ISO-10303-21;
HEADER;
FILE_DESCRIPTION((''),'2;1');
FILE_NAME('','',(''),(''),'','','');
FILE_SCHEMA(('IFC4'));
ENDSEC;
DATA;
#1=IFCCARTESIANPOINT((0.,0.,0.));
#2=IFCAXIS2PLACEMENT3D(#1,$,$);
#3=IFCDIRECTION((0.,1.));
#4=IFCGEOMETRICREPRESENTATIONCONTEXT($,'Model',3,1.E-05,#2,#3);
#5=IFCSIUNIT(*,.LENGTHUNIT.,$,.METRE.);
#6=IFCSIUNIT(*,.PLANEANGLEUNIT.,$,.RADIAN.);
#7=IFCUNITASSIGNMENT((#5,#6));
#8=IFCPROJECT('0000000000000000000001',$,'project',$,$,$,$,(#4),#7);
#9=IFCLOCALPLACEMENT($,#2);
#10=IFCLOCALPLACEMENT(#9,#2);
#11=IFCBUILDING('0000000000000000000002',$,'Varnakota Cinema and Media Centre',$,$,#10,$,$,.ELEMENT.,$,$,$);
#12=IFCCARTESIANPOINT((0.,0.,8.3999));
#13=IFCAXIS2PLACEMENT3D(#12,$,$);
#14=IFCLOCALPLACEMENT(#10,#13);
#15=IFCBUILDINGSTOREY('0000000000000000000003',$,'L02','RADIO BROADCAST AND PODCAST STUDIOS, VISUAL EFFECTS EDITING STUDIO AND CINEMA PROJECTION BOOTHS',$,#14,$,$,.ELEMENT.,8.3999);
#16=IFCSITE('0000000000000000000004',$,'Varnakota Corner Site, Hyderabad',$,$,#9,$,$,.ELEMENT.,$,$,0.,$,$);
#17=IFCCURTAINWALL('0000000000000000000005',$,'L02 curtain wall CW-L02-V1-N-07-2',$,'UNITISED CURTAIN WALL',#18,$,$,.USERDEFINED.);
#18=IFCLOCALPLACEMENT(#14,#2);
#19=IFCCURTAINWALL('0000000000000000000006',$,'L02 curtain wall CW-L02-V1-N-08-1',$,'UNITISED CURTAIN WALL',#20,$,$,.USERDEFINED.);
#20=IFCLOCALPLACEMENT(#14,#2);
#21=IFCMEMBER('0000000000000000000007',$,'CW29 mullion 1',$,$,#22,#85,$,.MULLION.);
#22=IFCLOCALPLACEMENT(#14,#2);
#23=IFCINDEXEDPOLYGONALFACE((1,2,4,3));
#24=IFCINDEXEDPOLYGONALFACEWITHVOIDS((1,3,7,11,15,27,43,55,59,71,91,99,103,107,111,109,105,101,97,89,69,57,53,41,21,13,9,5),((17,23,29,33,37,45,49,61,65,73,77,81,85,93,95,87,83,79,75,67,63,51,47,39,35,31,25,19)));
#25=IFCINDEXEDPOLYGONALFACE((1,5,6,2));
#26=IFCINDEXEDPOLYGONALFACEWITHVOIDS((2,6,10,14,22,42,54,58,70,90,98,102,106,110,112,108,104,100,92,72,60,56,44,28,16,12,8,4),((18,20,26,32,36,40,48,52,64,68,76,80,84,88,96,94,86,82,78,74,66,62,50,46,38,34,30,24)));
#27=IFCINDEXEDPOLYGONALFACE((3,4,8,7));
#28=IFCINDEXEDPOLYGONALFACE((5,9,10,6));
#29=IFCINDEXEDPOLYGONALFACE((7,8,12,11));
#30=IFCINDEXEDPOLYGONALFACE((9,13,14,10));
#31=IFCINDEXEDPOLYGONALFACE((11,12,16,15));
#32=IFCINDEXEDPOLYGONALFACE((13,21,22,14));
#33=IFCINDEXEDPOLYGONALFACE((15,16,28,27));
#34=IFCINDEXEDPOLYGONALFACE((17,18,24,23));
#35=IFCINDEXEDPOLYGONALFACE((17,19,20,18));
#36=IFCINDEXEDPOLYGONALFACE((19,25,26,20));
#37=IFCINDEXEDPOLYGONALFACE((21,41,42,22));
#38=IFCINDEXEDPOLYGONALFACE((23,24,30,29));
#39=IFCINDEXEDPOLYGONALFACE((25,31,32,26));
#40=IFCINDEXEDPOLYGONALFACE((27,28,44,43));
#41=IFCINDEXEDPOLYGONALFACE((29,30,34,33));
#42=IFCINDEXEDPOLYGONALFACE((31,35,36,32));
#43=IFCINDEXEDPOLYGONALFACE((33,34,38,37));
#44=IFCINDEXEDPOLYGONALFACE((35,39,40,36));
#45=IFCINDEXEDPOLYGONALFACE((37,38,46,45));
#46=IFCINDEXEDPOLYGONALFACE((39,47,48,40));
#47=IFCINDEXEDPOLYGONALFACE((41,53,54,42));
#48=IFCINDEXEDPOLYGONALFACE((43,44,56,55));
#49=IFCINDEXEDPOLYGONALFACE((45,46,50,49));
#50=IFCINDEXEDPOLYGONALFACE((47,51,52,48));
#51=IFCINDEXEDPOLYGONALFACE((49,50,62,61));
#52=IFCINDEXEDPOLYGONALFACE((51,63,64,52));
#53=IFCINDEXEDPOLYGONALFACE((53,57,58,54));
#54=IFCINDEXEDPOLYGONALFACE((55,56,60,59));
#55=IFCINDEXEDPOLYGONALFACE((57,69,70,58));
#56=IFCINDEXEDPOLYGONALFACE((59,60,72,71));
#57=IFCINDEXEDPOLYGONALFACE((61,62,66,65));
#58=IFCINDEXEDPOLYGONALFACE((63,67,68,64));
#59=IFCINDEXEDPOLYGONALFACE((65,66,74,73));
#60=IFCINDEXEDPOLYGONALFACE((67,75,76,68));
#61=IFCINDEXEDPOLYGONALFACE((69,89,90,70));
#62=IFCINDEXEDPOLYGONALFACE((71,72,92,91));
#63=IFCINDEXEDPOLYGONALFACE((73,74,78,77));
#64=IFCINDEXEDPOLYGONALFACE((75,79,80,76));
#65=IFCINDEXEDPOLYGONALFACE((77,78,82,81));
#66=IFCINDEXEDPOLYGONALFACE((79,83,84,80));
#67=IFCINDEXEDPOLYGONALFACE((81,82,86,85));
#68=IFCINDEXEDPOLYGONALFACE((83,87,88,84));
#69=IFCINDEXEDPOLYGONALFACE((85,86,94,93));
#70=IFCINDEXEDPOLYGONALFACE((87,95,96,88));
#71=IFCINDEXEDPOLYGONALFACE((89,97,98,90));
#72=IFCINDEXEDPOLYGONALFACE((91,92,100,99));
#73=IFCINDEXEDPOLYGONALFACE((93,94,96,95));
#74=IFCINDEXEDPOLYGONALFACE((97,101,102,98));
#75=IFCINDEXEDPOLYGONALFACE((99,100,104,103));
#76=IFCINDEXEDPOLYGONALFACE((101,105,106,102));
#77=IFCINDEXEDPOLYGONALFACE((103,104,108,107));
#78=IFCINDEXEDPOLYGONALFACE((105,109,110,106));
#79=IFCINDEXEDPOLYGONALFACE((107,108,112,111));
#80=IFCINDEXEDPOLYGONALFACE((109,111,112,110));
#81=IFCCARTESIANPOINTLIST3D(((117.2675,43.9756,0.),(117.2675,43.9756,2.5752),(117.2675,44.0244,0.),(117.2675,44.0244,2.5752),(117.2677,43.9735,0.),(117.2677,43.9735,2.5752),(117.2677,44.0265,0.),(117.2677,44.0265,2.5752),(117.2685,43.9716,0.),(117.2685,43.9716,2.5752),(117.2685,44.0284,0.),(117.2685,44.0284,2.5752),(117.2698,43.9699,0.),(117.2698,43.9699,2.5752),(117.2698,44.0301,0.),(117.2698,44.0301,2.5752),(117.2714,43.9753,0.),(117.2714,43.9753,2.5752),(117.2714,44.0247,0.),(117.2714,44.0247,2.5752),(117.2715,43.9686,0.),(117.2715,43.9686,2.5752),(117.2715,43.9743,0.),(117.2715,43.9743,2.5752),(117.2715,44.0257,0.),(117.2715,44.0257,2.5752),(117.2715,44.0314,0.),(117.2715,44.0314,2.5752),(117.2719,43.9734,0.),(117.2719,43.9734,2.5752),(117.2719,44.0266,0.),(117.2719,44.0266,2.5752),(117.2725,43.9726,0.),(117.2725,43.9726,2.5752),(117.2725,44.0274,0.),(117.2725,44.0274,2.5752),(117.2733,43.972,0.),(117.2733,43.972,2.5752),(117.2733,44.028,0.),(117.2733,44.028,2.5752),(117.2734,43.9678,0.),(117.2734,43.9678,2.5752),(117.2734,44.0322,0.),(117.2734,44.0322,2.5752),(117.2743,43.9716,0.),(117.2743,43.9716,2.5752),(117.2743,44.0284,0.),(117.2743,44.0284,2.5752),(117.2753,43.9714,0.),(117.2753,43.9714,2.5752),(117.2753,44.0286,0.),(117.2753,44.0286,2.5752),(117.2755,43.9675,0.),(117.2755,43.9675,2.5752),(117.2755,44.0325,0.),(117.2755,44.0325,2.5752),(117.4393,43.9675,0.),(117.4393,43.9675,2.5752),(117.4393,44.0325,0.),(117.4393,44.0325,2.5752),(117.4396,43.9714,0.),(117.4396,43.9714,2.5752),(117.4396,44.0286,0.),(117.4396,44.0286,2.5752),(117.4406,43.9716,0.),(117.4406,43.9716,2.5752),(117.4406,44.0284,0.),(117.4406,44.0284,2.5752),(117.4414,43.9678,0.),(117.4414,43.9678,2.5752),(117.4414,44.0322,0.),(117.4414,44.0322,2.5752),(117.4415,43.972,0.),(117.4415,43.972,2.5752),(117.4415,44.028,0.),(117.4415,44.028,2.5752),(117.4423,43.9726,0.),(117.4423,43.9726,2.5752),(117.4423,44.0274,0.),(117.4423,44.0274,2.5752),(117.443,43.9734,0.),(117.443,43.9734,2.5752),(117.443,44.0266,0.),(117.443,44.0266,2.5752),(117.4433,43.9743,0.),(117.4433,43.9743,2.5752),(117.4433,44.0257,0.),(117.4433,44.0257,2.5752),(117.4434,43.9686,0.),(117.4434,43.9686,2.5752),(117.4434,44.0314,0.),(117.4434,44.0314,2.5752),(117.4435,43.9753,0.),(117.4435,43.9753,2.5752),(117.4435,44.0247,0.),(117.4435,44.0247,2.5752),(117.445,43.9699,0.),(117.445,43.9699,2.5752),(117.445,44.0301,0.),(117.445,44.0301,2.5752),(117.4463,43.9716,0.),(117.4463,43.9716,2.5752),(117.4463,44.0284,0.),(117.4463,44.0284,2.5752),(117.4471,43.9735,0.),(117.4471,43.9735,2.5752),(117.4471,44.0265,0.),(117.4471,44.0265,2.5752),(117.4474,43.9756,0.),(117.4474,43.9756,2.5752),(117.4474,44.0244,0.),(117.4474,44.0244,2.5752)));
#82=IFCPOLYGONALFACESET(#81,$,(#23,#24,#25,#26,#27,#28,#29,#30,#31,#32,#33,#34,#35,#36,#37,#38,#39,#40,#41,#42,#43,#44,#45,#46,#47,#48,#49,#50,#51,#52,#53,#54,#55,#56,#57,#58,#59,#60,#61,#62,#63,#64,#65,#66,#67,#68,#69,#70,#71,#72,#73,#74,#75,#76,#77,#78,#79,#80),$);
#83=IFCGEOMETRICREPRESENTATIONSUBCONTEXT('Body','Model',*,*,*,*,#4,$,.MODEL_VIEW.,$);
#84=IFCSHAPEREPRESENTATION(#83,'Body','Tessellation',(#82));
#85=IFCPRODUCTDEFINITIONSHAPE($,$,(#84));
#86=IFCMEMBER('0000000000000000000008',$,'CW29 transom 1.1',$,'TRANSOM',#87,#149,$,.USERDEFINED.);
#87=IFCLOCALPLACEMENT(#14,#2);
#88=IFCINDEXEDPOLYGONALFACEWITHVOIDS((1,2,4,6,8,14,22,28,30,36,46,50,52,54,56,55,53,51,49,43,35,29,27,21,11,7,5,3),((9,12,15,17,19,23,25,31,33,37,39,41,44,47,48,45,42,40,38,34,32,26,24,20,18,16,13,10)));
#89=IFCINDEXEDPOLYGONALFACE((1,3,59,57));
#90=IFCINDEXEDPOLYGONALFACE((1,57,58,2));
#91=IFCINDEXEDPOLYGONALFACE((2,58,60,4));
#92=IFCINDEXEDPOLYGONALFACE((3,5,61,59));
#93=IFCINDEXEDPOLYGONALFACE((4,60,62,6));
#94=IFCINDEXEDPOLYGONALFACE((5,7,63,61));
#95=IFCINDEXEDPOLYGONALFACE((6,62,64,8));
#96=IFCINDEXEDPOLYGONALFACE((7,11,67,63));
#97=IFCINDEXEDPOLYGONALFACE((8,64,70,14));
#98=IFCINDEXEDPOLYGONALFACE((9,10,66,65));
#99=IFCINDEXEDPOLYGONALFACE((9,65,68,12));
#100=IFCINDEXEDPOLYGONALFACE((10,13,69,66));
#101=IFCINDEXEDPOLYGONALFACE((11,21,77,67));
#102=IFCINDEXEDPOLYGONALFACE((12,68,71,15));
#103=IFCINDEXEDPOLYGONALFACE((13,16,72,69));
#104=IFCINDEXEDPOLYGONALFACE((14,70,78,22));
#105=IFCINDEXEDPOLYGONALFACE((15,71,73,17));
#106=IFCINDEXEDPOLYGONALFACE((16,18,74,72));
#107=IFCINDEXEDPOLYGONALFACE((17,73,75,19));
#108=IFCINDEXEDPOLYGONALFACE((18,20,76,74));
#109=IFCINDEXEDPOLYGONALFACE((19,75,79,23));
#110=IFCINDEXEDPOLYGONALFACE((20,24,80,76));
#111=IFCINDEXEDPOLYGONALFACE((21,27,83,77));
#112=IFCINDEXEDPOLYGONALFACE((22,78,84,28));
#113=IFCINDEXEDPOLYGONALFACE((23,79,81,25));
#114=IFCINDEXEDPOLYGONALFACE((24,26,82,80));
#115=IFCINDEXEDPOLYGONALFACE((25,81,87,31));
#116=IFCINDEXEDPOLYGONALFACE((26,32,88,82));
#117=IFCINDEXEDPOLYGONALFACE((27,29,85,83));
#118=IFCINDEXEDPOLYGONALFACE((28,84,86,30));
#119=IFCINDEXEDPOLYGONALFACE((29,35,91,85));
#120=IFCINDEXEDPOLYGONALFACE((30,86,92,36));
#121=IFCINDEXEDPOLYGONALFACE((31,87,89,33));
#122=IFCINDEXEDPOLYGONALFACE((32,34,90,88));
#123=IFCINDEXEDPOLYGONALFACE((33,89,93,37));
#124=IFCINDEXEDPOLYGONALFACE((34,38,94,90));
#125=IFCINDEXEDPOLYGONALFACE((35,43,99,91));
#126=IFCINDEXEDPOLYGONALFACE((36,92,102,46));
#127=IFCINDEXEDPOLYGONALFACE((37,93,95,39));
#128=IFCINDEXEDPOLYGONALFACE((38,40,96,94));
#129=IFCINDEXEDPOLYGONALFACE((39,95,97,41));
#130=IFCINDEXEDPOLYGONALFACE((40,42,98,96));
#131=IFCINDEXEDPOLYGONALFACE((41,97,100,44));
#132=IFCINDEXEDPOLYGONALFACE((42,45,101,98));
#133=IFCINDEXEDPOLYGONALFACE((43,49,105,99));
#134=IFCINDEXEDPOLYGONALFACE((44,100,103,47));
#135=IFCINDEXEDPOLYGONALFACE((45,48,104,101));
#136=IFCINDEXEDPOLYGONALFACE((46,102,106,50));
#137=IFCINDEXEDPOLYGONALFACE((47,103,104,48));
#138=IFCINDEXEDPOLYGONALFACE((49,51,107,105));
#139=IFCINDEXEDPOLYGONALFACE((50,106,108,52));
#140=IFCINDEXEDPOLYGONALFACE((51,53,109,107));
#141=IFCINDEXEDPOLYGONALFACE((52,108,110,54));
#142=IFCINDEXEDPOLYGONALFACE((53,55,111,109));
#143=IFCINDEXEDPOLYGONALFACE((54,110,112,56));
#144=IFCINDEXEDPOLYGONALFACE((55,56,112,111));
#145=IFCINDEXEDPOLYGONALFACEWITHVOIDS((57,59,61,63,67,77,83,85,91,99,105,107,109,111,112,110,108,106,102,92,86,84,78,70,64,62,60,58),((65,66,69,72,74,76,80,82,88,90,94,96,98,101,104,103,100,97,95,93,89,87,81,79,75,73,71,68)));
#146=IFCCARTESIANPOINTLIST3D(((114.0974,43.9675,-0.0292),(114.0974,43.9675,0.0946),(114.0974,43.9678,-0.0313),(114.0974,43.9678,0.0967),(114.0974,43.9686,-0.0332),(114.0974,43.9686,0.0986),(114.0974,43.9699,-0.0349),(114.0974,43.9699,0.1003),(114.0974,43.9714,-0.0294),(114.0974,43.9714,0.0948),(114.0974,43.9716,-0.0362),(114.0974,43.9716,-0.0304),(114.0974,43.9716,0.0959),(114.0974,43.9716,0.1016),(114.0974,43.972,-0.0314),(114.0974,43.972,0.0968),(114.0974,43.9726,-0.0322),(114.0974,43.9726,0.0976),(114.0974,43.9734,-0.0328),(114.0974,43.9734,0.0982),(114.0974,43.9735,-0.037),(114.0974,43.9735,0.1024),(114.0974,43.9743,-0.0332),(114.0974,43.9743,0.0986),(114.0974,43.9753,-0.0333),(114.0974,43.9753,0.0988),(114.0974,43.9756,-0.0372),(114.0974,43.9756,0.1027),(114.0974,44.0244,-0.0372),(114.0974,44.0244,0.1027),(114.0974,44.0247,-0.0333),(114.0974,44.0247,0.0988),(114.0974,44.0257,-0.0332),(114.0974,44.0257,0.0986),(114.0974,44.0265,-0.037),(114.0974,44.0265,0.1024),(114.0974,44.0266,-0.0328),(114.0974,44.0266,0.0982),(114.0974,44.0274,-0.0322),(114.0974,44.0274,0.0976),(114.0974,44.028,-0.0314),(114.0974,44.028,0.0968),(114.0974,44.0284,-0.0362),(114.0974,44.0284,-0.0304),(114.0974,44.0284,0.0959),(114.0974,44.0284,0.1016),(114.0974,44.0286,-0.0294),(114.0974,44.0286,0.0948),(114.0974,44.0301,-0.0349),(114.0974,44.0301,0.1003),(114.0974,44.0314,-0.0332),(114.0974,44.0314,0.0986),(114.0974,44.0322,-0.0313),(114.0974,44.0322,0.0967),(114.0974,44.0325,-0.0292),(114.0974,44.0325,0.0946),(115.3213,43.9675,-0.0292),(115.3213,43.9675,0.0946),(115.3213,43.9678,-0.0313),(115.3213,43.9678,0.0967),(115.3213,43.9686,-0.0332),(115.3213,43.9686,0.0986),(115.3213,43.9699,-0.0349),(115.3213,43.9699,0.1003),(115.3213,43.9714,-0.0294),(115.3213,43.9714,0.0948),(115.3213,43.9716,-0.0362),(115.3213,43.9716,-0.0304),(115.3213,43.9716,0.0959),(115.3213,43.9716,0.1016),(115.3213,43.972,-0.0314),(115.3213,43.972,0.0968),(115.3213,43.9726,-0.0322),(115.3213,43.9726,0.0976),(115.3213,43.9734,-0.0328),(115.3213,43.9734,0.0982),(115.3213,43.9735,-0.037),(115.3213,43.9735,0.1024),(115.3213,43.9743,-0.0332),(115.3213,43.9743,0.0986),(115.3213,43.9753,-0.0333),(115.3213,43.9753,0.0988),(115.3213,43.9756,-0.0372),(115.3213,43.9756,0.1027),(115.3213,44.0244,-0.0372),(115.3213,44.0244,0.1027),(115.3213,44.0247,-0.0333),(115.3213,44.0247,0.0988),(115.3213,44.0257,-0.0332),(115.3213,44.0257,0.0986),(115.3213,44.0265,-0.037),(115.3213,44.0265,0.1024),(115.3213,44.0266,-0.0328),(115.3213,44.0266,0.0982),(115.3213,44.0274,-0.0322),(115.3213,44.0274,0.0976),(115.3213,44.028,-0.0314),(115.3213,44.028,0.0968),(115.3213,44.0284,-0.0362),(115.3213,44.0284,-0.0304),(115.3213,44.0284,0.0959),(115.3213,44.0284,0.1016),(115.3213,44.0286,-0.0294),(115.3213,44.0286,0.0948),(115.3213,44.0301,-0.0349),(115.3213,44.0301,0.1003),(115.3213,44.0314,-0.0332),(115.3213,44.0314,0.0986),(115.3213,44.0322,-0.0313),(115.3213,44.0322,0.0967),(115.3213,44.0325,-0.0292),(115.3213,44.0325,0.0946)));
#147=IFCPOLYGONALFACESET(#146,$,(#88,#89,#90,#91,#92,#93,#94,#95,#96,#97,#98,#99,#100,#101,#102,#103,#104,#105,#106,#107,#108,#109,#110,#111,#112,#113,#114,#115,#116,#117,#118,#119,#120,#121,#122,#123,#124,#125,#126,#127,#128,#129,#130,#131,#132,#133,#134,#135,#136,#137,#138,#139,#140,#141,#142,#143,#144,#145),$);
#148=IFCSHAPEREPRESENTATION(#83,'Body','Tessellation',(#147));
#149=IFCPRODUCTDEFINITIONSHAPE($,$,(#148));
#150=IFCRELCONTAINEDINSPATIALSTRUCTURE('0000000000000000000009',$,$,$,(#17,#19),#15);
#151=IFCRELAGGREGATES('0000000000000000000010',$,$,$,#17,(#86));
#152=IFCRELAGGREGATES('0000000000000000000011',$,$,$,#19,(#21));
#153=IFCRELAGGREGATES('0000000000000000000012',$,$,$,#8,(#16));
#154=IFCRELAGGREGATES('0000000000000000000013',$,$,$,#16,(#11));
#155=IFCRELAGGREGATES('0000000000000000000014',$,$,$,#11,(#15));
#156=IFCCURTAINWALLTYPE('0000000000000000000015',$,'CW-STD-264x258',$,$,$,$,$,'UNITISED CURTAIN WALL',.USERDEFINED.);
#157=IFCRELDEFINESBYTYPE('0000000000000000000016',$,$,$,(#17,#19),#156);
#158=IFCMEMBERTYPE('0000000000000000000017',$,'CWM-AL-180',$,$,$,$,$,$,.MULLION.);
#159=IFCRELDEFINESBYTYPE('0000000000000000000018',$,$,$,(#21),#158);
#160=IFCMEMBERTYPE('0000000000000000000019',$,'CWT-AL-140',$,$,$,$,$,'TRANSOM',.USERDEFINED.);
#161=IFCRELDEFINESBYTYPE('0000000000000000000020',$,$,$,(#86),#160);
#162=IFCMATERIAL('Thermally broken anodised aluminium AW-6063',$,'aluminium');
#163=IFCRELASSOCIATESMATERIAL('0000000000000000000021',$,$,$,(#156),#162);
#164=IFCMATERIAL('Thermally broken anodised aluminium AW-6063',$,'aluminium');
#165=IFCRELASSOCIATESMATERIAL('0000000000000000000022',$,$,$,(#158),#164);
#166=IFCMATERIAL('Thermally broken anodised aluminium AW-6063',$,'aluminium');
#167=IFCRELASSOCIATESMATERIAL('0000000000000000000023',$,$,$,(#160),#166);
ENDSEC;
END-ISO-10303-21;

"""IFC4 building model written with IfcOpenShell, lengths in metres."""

from ifc_helpers import new_model, si_unit, direction, frame, origin, origin_2d, place, context, subcontext, project, spatial, hollow_rectangle, extrude, material, material_profile, profile_set, type_object, element, aggregate, save


model = new_model("IFC4")

# Units and contexts
model_context = context("Model", 3, precision=1e-05, world=origin(), true_north=direction((0.0, 1.0)))
body_context = subcontext(model_context, "Body", "Model", "MODEL_VIEW")
ifc_project = project(units=[si_unit("LENGTHUNIT", "METRE"), si_unit("PLANEANGLEUNIT", "RADIAN")], contexts=[model_context])

# Site, building, storey
site_placement = place(None, origin())
site = spatial("IfcSite", under=ifc_project, at=site_placement, Name="Varnakota Corner Site, Hyderabad", CompositionType="ELEMENT", RefElevation=0.0)
building_placement = place(site_placement, origin())
building = spatial("IfcBuilding", under=site, at=building_placement, Name="Varnakota Cinema and Media Centre", CompositionType="ELEMENT")
storey_placement = place(building_placement, frame((0.0, 0.0, 8.3999)))
storey = spatial("IfcBuildingStorey", under=building, at=storey_placement, Name="L02", Description="RADIO BROADCAST AND PODCAST STUDIOS, VISUAL EFFECTS EDITING STUDIO AND CINEMA PROJECTION BOOTHS", CompositionType="ELEMENT", Elevation=8.3999)

# Shared definitions
ifc_material_1 = material(Name="Thermally broken anodised aluminium AW-6063", Category="aluminium")
curtain_wall_type = type_object("IfcCurtainWallType", Name="CW-STD-264x258", ElementType="UNITISED CURTAIN WALL", PredefinedType="USERDEFINED", material=ifc_material_1)
ifc_material_2 = material(Name="Thermally broken anodised aluminium AW-6063", Category="aluminium")
ifc_material_profile_1 = material_profile(ifc_material_2, hollow_rectangle(XDim=0.0649, YDim=0.1799, WallThickness=0.0039, InnerFilletRadius=0.0039, OuterFilletRadius=0.0081, at=origin_2d()), Name="AL-MULLION 180x65x4")
ifc_profile_set_1 = profile_set([ifc_material_profile_1], Name="Thermally broken anodised aluminium AW-6063")
member_type_1 = type_object("IfcMemberType", Name="CWM-AL-180", PredefinedType="MULLION", material=ifc_profile_set_1)

# Curtain wall
curtain_wall_1_placement = place(storey_placement, origin())
curtain_wall_1 = element("IfcCurtainWall", 1, at=curtain_wall_1_placement, inside=storey, type_object=curtain_wall_type, Name="L02 curtain wall CW-L02-V1-N-07-2", ObjectType="UNITISED CURTAIN WALL", PredefinedType="USERDEFINED")

# Curtain wall, member
curtain_wall_2_placement = place(storey_placement, origin())
curtain_wall_2 = element("IfcCurtainWall", 2, at=curtain_wall_2_placement, inside=storey, type_object=curtain_wall_type, Name="L02 curtain wall CW-L02-V1-N-08-1", ObjectType="UNITISED CURTAIN WALL", PredefinedType="USERDEFINED")
member_1_placement = place(storey_placement, frame((117.3574, 44.0, 0.0), z_axis=(0.0, 0.0, 1.0), x_axis=(0.0, 1.0, 0.0)))
member_1 = element("IfcMember", 3, at=member_1_placement, type_object=member_type_1, Name="CW29 mullion 1", PredefinedType="MULLION", context=body_context, shape_type="SweptSolid", body=[
    extrude(hollow_rectangle(XDim=0.0649, YDim=0.1799, WallThickness=0.0039, InnerFilletRadius=0.0039, OuterFilletRadius=0.0081, at=origin_2d()), origin(), (0.0, 0.0, 1.0), 2.5752),
])

# Member
ifc_material_3 = material(Name="Thermally broken anodised aluminium AW-6063", Category="aluminium")
ifc_material_profile_2 = material_profile(ifc_material_3, hollow_rectangle(XDim=0.0649, YDim=0.1399, WallThickness=0.0039, InnerFilletRadius=0.0039, OuterFilletRadius=0.0081, at=origin_2d()), Name="AL-TRANSOM 140x65x4")
ifc_profile_set_2 = profile_set([ifc_material_profile_2], Name="Thermally broken anodised aluminium AW-6063")
member_type_2 = type_object("IfcMemberType", Name="CWT-AL-140", ElementType="TRANSOM", PredefinedType="USERDEFINED", material=ifc_profile_set_2)
member_2_placement = place(storey_placement, frame((114.0974, 44.0, 0.0327), z_axis=(1.0, 0.0, 0.0), x_axis=(0.0, 1.0, 0.0)))
member_2 = element("IfcMember", 4, at=member_2_placement, type_object=member_type_2, Name="CW29 transom 1.1", ObjectType="TRANSOM", PredefinedType="USERDEFINED", context=body_context, shape_type="SweptSolid", body=[
    extrude(hollow_rectangle(XDim=0.0649, YDim=0.1399, WallThickness=0.0039, InnerFilletRadius=0.0039, OuterFilletRadius=0.0081, at=origin_2d()), origin(), (0.0, 0.0, 1.0), 1.2239),
])

aggregate(curtain_wall_1, [member_2])
aggregate(curtain_wall_2, [member_1])

save(model, "model.ifc")
